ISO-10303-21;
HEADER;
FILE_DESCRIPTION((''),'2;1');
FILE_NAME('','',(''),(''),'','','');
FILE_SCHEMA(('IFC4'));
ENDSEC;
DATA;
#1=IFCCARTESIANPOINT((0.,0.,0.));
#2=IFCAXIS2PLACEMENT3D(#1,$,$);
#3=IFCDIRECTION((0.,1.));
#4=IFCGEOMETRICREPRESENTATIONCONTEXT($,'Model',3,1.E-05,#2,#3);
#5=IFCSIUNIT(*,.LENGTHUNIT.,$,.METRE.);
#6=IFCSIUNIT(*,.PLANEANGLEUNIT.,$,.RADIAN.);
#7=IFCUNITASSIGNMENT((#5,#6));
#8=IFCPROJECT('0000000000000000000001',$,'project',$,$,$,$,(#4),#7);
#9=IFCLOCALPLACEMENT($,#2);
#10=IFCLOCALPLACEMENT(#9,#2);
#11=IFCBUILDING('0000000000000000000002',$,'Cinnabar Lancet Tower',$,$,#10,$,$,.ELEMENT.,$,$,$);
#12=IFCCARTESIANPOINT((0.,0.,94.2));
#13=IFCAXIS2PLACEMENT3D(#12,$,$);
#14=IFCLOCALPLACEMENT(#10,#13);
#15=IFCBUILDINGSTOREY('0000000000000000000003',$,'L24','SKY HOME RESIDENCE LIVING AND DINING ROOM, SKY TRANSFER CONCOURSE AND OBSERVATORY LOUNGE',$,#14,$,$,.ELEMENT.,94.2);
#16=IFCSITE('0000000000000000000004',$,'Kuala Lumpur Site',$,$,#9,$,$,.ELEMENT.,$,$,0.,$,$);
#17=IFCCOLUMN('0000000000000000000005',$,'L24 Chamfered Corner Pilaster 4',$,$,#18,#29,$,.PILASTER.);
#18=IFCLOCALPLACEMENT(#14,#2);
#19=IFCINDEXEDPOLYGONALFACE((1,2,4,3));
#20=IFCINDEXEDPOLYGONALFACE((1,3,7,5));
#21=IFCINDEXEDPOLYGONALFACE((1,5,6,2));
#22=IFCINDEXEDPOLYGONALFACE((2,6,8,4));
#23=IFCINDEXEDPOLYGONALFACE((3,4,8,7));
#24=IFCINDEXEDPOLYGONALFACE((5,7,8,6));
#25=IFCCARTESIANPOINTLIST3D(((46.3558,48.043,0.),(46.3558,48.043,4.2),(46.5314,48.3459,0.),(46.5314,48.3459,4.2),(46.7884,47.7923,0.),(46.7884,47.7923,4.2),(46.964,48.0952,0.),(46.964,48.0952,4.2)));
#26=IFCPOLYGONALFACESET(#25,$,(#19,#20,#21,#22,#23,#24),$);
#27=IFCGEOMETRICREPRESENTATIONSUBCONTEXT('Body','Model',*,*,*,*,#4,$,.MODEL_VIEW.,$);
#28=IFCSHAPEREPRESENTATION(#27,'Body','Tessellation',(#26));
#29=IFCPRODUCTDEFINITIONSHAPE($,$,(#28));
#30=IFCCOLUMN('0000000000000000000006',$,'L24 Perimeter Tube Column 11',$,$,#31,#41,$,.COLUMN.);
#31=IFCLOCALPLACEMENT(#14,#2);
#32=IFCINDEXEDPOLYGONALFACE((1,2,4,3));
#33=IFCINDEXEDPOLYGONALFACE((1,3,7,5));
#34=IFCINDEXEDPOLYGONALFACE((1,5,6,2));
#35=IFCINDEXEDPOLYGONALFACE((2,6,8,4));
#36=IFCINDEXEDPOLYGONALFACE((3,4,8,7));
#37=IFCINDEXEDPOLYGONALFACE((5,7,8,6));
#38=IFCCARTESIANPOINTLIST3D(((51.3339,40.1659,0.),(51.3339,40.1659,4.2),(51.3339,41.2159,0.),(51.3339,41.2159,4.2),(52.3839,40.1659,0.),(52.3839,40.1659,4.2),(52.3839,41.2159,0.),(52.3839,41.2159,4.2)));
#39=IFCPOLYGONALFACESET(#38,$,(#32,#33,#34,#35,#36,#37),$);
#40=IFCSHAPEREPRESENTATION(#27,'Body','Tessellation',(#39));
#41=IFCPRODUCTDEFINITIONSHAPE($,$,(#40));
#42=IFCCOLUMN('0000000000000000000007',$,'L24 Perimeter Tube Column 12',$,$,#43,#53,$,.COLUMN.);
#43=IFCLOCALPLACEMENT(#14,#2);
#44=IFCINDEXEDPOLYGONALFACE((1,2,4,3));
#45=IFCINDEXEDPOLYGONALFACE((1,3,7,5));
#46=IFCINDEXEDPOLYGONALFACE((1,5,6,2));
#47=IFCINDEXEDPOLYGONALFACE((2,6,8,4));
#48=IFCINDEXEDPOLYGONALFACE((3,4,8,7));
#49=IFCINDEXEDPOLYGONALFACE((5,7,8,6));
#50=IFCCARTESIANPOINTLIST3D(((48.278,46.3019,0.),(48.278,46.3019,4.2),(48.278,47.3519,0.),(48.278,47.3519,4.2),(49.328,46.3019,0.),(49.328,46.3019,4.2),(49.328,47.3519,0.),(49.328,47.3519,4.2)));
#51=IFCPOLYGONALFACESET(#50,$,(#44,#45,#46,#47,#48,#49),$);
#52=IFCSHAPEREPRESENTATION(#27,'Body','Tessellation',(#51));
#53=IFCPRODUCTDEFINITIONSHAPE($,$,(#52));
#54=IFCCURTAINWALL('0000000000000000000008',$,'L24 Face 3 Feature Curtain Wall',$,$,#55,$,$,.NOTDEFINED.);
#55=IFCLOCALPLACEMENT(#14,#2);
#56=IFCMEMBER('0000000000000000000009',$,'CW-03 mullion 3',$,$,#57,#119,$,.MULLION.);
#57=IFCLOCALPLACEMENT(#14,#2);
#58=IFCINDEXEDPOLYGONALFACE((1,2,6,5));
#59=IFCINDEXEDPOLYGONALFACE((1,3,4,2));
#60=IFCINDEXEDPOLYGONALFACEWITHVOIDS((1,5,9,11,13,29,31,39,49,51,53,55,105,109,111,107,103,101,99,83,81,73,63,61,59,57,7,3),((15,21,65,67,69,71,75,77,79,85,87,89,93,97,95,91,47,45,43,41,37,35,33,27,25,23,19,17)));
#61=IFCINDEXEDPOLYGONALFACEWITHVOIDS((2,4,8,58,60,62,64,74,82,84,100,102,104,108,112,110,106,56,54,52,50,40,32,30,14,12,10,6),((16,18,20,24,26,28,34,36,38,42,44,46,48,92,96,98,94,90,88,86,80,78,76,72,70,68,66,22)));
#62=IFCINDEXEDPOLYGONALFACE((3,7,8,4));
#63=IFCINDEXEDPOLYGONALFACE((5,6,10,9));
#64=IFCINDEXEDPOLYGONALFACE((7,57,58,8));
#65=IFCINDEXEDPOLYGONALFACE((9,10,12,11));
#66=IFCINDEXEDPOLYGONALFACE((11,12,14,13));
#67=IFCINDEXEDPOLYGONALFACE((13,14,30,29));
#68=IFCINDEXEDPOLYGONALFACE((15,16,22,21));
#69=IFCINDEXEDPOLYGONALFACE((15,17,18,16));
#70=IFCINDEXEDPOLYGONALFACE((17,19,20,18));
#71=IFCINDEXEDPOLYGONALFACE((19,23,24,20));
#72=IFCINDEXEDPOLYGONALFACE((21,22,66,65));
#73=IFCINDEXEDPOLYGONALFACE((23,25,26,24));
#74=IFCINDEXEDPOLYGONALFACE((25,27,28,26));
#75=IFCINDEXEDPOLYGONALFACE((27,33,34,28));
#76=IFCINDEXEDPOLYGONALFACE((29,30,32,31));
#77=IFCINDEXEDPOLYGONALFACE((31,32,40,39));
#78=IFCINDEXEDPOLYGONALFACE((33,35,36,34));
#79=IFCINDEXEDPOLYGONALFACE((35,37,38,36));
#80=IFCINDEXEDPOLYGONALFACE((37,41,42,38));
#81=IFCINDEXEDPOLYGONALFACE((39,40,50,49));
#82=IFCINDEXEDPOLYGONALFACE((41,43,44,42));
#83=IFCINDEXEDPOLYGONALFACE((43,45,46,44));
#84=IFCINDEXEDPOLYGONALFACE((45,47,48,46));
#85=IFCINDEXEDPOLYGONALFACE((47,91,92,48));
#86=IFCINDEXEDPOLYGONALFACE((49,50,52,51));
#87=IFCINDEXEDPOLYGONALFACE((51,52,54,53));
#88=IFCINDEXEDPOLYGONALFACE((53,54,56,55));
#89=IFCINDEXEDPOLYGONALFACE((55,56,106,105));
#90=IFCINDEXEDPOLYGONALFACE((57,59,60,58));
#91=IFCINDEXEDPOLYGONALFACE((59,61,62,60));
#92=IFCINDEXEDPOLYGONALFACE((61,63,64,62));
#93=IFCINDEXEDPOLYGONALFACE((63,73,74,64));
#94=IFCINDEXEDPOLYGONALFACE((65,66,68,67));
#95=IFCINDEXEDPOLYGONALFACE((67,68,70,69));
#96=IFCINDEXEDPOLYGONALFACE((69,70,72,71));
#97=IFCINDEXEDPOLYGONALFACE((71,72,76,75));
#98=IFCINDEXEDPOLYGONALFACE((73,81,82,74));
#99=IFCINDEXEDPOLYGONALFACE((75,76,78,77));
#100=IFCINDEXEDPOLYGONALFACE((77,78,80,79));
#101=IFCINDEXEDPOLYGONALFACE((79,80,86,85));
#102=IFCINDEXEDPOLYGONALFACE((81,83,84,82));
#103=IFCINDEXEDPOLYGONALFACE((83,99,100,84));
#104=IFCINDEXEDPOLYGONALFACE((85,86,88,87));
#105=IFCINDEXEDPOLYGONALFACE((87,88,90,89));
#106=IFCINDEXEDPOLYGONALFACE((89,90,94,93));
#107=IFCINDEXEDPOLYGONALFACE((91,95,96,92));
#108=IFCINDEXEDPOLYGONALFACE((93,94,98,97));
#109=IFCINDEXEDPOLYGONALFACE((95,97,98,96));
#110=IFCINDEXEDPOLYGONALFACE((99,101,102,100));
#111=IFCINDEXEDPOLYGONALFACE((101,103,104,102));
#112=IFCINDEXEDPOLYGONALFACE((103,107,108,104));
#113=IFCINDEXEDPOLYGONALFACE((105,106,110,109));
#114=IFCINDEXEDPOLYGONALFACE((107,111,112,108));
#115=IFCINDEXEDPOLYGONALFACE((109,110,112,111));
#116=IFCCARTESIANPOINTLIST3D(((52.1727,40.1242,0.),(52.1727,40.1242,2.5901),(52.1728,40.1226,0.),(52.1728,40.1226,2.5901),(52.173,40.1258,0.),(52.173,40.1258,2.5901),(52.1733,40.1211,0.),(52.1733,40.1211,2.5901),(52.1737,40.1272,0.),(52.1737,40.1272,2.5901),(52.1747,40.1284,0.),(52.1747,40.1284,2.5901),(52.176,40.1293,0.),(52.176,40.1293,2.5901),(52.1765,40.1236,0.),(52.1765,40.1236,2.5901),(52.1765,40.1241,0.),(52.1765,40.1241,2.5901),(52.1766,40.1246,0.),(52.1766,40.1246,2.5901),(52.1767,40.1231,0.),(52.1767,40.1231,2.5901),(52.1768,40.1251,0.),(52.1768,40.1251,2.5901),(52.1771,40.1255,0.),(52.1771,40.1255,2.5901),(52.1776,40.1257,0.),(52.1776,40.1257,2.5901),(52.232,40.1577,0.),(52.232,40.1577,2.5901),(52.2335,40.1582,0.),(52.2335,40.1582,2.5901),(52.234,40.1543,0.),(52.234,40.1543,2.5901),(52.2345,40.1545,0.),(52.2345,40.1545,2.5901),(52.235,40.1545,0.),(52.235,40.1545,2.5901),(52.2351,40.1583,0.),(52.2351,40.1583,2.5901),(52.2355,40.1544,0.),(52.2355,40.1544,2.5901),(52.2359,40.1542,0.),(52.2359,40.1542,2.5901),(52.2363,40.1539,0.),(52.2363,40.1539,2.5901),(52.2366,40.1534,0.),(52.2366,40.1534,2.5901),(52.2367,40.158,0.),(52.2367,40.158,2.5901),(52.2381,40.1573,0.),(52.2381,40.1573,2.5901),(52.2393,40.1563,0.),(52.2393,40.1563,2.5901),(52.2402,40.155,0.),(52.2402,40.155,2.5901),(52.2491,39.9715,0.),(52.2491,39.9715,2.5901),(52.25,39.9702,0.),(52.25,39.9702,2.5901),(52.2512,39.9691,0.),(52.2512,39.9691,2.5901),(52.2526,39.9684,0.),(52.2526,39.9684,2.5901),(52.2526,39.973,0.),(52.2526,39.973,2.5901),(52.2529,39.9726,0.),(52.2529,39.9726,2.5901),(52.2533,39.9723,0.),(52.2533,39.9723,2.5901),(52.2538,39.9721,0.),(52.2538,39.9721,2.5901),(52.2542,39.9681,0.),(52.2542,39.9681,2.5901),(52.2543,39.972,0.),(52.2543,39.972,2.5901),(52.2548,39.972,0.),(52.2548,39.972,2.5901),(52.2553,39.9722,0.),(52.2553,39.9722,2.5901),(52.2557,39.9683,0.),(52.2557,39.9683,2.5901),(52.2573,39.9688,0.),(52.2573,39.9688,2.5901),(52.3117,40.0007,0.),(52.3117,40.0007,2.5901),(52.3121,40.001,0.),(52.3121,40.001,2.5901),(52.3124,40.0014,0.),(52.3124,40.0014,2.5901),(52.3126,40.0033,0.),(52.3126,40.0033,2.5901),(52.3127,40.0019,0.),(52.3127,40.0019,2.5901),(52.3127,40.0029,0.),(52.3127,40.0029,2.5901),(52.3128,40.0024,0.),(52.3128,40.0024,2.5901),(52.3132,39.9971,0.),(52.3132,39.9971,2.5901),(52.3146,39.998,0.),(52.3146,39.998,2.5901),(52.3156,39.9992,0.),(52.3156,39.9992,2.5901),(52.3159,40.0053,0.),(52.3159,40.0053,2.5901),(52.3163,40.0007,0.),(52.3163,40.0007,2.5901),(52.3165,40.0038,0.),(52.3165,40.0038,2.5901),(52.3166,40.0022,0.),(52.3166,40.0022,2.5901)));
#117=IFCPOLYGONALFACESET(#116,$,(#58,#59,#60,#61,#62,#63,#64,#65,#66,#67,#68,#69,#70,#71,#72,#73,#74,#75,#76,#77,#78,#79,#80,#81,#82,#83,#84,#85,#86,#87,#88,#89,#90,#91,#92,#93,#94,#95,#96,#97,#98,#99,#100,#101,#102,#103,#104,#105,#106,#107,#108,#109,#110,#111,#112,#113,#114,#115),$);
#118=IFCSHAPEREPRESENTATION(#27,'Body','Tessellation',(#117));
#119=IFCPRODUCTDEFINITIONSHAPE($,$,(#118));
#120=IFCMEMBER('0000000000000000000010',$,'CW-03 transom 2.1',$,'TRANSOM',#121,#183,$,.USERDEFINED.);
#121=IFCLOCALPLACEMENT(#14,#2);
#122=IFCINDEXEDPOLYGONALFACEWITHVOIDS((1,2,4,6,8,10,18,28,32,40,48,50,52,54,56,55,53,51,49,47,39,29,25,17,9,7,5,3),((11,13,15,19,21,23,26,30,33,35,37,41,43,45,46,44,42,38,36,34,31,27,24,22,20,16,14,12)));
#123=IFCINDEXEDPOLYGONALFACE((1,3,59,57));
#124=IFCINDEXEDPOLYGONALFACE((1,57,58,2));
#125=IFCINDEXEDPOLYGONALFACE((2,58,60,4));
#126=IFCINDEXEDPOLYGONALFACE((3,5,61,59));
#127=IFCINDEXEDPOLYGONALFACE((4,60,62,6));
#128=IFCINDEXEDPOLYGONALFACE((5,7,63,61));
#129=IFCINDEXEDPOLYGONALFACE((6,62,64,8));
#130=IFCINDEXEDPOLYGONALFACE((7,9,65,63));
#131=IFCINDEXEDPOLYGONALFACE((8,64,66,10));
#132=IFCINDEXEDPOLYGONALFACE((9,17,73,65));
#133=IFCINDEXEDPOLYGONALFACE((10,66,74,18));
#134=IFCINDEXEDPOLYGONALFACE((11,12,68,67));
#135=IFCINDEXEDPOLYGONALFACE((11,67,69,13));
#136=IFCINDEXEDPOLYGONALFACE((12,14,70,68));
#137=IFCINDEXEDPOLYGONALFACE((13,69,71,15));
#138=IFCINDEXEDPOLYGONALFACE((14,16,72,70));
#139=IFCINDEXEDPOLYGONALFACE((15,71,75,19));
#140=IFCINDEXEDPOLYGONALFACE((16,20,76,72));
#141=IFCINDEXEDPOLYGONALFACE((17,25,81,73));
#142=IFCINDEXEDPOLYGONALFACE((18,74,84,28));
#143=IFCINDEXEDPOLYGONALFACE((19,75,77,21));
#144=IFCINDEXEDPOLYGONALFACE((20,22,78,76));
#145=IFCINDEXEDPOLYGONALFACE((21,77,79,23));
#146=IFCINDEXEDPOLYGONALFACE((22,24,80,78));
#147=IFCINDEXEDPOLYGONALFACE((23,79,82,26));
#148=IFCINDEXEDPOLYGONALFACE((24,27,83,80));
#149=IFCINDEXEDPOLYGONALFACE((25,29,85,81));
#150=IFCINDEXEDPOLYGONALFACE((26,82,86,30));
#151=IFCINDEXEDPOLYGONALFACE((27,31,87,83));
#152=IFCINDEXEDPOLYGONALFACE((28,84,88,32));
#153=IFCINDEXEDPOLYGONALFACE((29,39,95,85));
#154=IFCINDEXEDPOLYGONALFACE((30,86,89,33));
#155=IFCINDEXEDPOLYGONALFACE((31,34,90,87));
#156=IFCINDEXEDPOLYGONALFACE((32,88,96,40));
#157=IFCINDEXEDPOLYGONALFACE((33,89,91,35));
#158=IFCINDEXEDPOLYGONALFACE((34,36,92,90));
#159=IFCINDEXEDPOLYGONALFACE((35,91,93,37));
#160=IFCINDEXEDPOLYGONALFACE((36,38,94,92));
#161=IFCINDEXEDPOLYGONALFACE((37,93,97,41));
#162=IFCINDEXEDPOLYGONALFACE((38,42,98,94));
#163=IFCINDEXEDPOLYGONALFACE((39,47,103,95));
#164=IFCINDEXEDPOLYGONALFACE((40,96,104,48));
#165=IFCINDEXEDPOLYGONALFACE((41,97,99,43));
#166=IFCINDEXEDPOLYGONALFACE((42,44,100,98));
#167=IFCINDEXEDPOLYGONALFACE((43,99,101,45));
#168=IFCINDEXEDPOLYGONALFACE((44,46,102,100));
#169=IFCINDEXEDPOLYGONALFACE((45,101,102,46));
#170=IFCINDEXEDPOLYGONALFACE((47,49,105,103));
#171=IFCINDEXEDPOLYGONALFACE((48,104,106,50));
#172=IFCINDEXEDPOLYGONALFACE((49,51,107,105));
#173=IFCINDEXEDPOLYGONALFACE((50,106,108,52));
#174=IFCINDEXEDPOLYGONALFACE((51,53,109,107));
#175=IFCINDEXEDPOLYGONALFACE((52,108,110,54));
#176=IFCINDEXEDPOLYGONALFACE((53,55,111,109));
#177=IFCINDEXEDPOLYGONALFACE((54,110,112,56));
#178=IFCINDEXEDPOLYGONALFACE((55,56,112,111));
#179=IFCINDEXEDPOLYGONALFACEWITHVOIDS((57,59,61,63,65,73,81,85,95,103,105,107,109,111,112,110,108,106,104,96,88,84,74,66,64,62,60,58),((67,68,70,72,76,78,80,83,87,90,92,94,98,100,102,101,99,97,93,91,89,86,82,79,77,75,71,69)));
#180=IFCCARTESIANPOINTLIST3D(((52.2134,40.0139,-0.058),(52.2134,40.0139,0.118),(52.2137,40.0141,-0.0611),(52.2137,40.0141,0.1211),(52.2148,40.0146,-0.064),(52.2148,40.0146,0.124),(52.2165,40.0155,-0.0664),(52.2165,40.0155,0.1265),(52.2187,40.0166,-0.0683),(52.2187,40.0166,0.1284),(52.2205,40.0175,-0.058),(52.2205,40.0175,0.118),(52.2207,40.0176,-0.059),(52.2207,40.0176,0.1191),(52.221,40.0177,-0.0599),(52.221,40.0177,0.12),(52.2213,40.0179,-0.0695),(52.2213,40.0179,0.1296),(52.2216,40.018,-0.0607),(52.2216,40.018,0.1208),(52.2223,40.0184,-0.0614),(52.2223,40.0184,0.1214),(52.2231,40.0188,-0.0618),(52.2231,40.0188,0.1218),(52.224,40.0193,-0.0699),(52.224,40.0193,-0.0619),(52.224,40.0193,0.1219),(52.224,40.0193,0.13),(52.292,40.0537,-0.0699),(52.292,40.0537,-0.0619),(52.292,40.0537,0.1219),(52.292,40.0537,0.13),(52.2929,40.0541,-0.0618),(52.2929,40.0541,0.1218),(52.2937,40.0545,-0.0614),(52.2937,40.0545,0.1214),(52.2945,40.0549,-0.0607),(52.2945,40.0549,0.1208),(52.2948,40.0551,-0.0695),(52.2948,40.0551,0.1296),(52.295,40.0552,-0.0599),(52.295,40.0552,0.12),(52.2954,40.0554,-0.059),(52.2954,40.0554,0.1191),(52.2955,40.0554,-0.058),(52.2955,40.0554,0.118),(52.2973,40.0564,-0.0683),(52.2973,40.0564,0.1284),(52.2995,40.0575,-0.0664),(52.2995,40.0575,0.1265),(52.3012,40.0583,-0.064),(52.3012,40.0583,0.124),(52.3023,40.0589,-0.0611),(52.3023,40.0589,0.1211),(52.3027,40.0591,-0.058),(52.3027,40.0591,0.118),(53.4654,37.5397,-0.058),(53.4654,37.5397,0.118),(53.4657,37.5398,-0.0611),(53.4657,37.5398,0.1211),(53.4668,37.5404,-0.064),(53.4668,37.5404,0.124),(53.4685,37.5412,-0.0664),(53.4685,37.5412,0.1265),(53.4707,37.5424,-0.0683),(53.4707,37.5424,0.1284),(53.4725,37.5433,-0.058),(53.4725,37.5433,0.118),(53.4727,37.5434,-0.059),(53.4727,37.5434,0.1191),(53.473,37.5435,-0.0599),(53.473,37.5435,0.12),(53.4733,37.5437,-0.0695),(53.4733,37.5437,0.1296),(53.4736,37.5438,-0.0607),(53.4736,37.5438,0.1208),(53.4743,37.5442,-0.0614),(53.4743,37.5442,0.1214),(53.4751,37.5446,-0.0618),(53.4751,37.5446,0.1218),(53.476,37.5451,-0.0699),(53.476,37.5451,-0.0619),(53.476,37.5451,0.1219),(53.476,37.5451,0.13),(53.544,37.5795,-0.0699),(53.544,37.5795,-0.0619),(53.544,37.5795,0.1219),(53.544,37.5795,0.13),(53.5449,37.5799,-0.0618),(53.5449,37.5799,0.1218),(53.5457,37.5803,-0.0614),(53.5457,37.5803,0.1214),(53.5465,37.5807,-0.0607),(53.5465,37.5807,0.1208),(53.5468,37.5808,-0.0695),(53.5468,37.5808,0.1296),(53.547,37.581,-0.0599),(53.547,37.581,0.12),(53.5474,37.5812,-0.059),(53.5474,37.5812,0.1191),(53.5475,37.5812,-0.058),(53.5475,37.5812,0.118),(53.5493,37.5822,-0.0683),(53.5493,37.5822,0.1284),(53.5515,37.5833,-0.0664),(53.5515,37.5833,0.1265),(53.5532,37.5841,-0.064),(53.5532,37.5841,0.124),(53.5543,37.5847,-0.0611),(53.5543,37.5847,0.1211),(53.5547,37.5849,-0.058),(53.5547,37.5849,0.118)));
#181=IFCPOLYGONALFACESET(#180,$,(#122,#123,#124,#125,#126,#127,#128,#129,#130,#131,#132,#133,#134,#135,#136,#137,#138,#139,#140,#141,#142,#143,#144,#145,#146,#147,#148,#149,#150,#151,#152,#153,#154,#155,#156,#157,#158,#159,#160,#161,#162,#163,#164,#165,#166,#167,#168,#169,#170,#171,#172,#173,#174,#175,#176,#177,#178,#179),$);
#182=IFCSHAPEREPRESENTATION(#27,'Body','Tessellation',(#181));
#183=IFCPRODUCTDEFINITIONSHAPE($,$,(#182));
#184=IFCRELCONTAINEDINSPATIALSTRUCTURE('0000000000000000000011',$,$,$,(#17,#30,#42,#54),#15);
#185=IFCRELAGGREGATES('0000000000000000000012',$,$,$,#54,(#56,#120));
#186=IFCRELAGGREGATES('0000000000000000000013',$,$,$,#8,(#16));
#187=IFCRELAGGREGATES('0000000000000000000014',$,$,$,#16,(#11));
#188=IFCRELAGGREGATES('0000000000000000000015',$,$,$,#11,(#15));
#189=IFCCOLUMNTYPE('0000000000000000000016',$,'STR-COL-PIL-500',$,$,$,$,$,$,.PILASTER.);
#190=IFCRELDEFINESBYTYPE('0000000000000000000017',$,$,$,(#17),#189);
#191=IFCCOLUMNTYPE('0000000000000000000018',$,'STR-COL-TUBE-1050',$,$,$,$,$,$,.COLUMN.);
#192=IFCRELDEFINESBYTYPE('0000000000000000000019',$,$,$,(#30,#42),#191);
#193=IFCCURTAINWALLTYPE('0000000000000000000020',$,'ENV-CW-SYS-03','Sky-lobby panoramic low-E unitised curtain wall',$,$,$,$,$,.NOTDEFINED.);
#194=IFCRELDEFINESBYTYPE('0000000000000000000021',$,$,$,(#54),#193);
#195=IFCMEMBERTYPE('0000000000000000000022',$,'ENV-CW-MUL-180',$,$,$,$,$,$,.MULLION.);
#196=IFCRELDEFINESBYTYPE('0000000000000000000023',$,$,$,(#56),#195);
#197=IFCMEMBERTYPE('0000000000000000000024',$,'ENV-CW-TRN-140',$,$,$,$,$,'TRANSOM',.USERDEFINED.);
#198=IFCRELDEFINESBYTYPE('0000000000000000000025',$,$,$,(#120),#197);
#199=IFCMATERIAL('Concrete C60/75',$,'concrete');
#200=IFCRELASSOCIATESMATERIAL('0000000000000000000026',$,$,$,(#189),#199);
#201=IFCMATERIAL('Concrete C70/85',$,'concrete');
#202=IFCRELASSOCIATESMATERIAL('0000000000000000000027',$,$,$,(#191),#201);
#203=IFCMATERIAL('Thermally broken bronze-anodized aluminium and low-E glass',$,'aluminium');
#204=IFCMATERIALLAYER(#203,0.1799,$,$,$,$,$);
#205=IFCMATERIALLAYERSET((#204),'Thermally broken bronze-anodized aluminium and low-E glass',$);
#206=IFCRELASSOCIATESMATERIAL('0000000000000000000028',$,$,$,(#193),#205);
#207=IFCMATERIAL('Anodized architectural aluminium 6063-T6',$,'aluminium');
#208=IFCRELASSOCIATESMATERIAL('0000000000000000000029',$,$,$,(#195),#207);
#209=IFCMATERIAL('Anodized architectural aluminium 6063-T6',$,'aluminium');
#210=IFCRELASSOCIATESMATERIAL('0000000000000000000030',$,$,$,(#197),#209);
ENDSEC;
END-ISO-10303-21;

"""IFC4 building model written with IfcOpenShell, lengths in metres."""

from ifc_helpers import new_model, si_unit, direction, frame, origin, origin_2d, place, context, subcontext, project, spatial, rectangle, hollow_rectangle, extrude, material, layer, layer_set, material_profile, profile_set, type_object, element, aggregate, save


model = new_model("IFC4")

# Units and contexts
model_context = context("Model", 3, precision=1e-05, world=origin(), true_north=direction((0.0, 1.0)))
body_context = subcontext(model_context, "Body", "Model", "MODEL_VIEW")
ifc_project = project(units=[si_unit("LENGTHUNIT", "METRE"), si_unit("PLANEANGLEUNIT", "RADIAN")], contexts=[model_context])

# Site, building, storey
site_placement = place(None, origin())
site = spatial("IfcSite", under=ifc_project, at=site_placement, Name="Kuala Lumpur Site", CompositionType="ELEMENT", RefElevation=0.0)
building_placement = place(site_placement, origin())
building = spatial("IfcBuilding", under=site, at=building_placement, Name="Cinnabar Lancet Tower", CompositionType="ELEMENT")
storey_placement = place(building_placement, frame((0.0, 0.0, 94.2)))
storey = spatial("IfcBuildingStorey", under=building, at=storey_placement, Name="L24", Description="SKY HOME RESIDENCE LIVING AND DINING ROOM, SKY TRANSFER CONCOURSE AND OBSERVATORY LOUNGE", CompositionType="ELEMENT", Elevation=94.2)

# Columns
ifc_material_1 = material(Name="Concrete C60/75", Category="concrete")
ifc_material_profile_1 = material_profile(ifc_material_1, rectangle(XDim=0.5, YDim=0.3501, at=origin_2d()), Name="RC-PIL 500x350")
ifc_profile_set_1 = profile_set([ifc_material_profile_1], Name="Concrete C60/75")
column_type_1 = type_object("IfcColumnType", Name="STR-COL-PIL-500", PredefinedType="PILASTER", material=ifc_profile_set_1)
column_placement = place(storey_placement, frame((46.6599, 48.0691, 0.0), z_axis=(0.0, 0.0, 1.0), x_axis=(-0.865195, 0.501435, 0.0)))
element("IfcColumn", 1, at=column_placement, inside=storey, type_object=column_type_1, Name="L24 Chamfered Corner Pilaster 4", PredefinedType="PILASTER", context=body_context, shape_type="SweptSolid", body=[
    extrude(rectangle(XDim=0.5, YDim=0.3501, at=origin_2d()), origin(), (0.0, 0.0, 1.0), 4.2),
])
ifc_material_2 = material(Name="Concrete C70/85", Category="concrete")
ifc_material_profile_2 = material_profile(ifc_material_2, rectangle(XDim=1.05, YDim=1.05, at=origin_2d()), Name="RC-COL 1050x1050")
ifc_profile_set_2 = profile_set([ifc_material_profile_2], Name="Concrete C70/85")
column_type_2 = type_object("IfcColumnType", Name="STR-COL-TUBE-1050", PredefinedType="COLUMN", material=ifc_profile_set_2)
for number, where, z_axis, x_axis, name in (
    (2, (51.8589, 40.6909, 0.0), (0.0, 0.0, 1.0), (1.0, 0.0, 0.0), "L24 Perimeter Tube Column 11"),
    (3, (48.803, 46.8269, 0.0), (0.0, 0.0, 1.0), (1.0, 0.0, 0.0), "L24 Perimeter Tube Column 12"),
):
    element("IfcColumn", number, at=place(storey_placement, frame(where, z_axis=z_axis, x_axis=x_axis)), inside=storey, type_object=column_type_2, Name=name, PredefinedType="COLUMN", context=body_context, shape_type="SweptSolid", body=[
        extrude(rectangle(XDim=1.05, YDim=1.05, at=origin_2d()), origin(), (0.0, 0.0, 1.0), 4.2),
    ])

# Curtain wall, members
ifc_material_3 = material(Name="Thermally broken bronze-anodized aluminium and low-E glass", Category="aluminium")
ifc_layer_1 = layer(ifc_material_3, 0.1799)
ifc_layer_set_1 = layer_set([ifc_layer_1], Name="Thermally broken bronze-anodized aluminium and low-E glass")
curtain_wall_type = type_object("IfcCurtainWallType", Name="ENV-CW-SYS-03", Description="Sky-lobby panoramic low-E unitised curtain wall", PredefinedType="NOTDEFINED", material=ifc_layer_set_1)
curtain_wall_placement = place(storey_placement, origin())
curtain_wall = element("IfcCurtainWall", 4, at=curtain_wall_placement, inside=storey, type_object=curtain_wall_type, Name="L24 Face 3 Feature Curtain Wall", PredefinedType="NOTDEFINED")
ifc_material_4 = material(Name="Anodized architectural aluminium 6063-T6", Category="aluminium")
ifc_material_profile_3 = material_profile(ifc_material_4, hollow_rectangle(XDim=0.075, YDim=0.1799, WallThickness=0.0039, InnerFilletRadius=0.002, OuterFilletRadius=0.0061, at=origin_2d()), Name="CW-MUL 180x75x4")
ifc_profile_set_3 = profile_set([ifc_material_profile_3], Name="Anodized architectural aluminium 6063-T6")
member_type_1 = type_object("IfcMemberType", Name="ENV-CW-MUL-180", PredefinedType="MULLION", material=ifc_profile_set_3)
member_1_placement = place(storey_placement, frame((52.2446, 40.0632, 0.0), z_axis=(0.0, 0.0, 1.0), x_axis=(-0.892286, -0.45147, 0.0)))
member_1 = element("IfcMember", 5, at=member_1_placement, type_object=member_type_1, Name="CW-03 mullion 3", PredefinedType="MULLION", context=body_context, shape_type="SweptSolid", body=[
    extrude(hollow_rectangle(XDim=0.075, YDim=0.1799, WallThickness=0.0039, InnerFilletRadius=0.002, OuterFilletRadius=0.0061, at=origin_2d()), origin(), (0.0, 0.0, 1.0), 2.5901),
])
ifc_material_5 = material(Name="Anodized architectural aluminium 6063-T6", Category="aluminium")
ifc_material_profile_4 = material_profile(ifc_material_5, hollow_rectangle(XDim=0.1001, YDim=0.2, WallThickness=0.0081, InnerFilletRadius=0.0039, OuterFilletRadius=0.012, at=origin_2d()), Name="RHS 200x100x8")
ifc_profile_set_4 = profile_set([ifc_material_profile_4], Name="Anodized architectural aluminium 6063-T6")
member_type_2 = type_object("IfcMemberType", Name="ENV-CW-TRN-140", ElementType="TRANSOM", PredefinedType="USERDEFINED", material=ifc_profile_set_4)
member_2_placement = place(storey_placement, frame((53.51, 37.5623, 0.03), z_axis=(-0.451505, 0.892269, 0.0), x_axis=(-0.892269, -0.451505, 0.0)))
member_2 = element("IfcMember", 6, at=member_2_placement, type_object=member_type_2, Name="CW-03 transom 2.1", ObjectType="TRANSOM", PredefinedType="USERDEFINED", context=body_context, shape_type="SweptSolid", body=[
    extrude(hollow_rectangle(XDim=0.1001, YDim=0.2, WallThickness=0.0081, InnerFilletRadius=0.0039, OuterFilletRadius=0.012, at=origin_2d()), origin(), (0.0, 0.0, 1.0), 2.7729),
])

aggregate(curtain_wall, [member_1, member_2])

save(model, "model.ifc")
